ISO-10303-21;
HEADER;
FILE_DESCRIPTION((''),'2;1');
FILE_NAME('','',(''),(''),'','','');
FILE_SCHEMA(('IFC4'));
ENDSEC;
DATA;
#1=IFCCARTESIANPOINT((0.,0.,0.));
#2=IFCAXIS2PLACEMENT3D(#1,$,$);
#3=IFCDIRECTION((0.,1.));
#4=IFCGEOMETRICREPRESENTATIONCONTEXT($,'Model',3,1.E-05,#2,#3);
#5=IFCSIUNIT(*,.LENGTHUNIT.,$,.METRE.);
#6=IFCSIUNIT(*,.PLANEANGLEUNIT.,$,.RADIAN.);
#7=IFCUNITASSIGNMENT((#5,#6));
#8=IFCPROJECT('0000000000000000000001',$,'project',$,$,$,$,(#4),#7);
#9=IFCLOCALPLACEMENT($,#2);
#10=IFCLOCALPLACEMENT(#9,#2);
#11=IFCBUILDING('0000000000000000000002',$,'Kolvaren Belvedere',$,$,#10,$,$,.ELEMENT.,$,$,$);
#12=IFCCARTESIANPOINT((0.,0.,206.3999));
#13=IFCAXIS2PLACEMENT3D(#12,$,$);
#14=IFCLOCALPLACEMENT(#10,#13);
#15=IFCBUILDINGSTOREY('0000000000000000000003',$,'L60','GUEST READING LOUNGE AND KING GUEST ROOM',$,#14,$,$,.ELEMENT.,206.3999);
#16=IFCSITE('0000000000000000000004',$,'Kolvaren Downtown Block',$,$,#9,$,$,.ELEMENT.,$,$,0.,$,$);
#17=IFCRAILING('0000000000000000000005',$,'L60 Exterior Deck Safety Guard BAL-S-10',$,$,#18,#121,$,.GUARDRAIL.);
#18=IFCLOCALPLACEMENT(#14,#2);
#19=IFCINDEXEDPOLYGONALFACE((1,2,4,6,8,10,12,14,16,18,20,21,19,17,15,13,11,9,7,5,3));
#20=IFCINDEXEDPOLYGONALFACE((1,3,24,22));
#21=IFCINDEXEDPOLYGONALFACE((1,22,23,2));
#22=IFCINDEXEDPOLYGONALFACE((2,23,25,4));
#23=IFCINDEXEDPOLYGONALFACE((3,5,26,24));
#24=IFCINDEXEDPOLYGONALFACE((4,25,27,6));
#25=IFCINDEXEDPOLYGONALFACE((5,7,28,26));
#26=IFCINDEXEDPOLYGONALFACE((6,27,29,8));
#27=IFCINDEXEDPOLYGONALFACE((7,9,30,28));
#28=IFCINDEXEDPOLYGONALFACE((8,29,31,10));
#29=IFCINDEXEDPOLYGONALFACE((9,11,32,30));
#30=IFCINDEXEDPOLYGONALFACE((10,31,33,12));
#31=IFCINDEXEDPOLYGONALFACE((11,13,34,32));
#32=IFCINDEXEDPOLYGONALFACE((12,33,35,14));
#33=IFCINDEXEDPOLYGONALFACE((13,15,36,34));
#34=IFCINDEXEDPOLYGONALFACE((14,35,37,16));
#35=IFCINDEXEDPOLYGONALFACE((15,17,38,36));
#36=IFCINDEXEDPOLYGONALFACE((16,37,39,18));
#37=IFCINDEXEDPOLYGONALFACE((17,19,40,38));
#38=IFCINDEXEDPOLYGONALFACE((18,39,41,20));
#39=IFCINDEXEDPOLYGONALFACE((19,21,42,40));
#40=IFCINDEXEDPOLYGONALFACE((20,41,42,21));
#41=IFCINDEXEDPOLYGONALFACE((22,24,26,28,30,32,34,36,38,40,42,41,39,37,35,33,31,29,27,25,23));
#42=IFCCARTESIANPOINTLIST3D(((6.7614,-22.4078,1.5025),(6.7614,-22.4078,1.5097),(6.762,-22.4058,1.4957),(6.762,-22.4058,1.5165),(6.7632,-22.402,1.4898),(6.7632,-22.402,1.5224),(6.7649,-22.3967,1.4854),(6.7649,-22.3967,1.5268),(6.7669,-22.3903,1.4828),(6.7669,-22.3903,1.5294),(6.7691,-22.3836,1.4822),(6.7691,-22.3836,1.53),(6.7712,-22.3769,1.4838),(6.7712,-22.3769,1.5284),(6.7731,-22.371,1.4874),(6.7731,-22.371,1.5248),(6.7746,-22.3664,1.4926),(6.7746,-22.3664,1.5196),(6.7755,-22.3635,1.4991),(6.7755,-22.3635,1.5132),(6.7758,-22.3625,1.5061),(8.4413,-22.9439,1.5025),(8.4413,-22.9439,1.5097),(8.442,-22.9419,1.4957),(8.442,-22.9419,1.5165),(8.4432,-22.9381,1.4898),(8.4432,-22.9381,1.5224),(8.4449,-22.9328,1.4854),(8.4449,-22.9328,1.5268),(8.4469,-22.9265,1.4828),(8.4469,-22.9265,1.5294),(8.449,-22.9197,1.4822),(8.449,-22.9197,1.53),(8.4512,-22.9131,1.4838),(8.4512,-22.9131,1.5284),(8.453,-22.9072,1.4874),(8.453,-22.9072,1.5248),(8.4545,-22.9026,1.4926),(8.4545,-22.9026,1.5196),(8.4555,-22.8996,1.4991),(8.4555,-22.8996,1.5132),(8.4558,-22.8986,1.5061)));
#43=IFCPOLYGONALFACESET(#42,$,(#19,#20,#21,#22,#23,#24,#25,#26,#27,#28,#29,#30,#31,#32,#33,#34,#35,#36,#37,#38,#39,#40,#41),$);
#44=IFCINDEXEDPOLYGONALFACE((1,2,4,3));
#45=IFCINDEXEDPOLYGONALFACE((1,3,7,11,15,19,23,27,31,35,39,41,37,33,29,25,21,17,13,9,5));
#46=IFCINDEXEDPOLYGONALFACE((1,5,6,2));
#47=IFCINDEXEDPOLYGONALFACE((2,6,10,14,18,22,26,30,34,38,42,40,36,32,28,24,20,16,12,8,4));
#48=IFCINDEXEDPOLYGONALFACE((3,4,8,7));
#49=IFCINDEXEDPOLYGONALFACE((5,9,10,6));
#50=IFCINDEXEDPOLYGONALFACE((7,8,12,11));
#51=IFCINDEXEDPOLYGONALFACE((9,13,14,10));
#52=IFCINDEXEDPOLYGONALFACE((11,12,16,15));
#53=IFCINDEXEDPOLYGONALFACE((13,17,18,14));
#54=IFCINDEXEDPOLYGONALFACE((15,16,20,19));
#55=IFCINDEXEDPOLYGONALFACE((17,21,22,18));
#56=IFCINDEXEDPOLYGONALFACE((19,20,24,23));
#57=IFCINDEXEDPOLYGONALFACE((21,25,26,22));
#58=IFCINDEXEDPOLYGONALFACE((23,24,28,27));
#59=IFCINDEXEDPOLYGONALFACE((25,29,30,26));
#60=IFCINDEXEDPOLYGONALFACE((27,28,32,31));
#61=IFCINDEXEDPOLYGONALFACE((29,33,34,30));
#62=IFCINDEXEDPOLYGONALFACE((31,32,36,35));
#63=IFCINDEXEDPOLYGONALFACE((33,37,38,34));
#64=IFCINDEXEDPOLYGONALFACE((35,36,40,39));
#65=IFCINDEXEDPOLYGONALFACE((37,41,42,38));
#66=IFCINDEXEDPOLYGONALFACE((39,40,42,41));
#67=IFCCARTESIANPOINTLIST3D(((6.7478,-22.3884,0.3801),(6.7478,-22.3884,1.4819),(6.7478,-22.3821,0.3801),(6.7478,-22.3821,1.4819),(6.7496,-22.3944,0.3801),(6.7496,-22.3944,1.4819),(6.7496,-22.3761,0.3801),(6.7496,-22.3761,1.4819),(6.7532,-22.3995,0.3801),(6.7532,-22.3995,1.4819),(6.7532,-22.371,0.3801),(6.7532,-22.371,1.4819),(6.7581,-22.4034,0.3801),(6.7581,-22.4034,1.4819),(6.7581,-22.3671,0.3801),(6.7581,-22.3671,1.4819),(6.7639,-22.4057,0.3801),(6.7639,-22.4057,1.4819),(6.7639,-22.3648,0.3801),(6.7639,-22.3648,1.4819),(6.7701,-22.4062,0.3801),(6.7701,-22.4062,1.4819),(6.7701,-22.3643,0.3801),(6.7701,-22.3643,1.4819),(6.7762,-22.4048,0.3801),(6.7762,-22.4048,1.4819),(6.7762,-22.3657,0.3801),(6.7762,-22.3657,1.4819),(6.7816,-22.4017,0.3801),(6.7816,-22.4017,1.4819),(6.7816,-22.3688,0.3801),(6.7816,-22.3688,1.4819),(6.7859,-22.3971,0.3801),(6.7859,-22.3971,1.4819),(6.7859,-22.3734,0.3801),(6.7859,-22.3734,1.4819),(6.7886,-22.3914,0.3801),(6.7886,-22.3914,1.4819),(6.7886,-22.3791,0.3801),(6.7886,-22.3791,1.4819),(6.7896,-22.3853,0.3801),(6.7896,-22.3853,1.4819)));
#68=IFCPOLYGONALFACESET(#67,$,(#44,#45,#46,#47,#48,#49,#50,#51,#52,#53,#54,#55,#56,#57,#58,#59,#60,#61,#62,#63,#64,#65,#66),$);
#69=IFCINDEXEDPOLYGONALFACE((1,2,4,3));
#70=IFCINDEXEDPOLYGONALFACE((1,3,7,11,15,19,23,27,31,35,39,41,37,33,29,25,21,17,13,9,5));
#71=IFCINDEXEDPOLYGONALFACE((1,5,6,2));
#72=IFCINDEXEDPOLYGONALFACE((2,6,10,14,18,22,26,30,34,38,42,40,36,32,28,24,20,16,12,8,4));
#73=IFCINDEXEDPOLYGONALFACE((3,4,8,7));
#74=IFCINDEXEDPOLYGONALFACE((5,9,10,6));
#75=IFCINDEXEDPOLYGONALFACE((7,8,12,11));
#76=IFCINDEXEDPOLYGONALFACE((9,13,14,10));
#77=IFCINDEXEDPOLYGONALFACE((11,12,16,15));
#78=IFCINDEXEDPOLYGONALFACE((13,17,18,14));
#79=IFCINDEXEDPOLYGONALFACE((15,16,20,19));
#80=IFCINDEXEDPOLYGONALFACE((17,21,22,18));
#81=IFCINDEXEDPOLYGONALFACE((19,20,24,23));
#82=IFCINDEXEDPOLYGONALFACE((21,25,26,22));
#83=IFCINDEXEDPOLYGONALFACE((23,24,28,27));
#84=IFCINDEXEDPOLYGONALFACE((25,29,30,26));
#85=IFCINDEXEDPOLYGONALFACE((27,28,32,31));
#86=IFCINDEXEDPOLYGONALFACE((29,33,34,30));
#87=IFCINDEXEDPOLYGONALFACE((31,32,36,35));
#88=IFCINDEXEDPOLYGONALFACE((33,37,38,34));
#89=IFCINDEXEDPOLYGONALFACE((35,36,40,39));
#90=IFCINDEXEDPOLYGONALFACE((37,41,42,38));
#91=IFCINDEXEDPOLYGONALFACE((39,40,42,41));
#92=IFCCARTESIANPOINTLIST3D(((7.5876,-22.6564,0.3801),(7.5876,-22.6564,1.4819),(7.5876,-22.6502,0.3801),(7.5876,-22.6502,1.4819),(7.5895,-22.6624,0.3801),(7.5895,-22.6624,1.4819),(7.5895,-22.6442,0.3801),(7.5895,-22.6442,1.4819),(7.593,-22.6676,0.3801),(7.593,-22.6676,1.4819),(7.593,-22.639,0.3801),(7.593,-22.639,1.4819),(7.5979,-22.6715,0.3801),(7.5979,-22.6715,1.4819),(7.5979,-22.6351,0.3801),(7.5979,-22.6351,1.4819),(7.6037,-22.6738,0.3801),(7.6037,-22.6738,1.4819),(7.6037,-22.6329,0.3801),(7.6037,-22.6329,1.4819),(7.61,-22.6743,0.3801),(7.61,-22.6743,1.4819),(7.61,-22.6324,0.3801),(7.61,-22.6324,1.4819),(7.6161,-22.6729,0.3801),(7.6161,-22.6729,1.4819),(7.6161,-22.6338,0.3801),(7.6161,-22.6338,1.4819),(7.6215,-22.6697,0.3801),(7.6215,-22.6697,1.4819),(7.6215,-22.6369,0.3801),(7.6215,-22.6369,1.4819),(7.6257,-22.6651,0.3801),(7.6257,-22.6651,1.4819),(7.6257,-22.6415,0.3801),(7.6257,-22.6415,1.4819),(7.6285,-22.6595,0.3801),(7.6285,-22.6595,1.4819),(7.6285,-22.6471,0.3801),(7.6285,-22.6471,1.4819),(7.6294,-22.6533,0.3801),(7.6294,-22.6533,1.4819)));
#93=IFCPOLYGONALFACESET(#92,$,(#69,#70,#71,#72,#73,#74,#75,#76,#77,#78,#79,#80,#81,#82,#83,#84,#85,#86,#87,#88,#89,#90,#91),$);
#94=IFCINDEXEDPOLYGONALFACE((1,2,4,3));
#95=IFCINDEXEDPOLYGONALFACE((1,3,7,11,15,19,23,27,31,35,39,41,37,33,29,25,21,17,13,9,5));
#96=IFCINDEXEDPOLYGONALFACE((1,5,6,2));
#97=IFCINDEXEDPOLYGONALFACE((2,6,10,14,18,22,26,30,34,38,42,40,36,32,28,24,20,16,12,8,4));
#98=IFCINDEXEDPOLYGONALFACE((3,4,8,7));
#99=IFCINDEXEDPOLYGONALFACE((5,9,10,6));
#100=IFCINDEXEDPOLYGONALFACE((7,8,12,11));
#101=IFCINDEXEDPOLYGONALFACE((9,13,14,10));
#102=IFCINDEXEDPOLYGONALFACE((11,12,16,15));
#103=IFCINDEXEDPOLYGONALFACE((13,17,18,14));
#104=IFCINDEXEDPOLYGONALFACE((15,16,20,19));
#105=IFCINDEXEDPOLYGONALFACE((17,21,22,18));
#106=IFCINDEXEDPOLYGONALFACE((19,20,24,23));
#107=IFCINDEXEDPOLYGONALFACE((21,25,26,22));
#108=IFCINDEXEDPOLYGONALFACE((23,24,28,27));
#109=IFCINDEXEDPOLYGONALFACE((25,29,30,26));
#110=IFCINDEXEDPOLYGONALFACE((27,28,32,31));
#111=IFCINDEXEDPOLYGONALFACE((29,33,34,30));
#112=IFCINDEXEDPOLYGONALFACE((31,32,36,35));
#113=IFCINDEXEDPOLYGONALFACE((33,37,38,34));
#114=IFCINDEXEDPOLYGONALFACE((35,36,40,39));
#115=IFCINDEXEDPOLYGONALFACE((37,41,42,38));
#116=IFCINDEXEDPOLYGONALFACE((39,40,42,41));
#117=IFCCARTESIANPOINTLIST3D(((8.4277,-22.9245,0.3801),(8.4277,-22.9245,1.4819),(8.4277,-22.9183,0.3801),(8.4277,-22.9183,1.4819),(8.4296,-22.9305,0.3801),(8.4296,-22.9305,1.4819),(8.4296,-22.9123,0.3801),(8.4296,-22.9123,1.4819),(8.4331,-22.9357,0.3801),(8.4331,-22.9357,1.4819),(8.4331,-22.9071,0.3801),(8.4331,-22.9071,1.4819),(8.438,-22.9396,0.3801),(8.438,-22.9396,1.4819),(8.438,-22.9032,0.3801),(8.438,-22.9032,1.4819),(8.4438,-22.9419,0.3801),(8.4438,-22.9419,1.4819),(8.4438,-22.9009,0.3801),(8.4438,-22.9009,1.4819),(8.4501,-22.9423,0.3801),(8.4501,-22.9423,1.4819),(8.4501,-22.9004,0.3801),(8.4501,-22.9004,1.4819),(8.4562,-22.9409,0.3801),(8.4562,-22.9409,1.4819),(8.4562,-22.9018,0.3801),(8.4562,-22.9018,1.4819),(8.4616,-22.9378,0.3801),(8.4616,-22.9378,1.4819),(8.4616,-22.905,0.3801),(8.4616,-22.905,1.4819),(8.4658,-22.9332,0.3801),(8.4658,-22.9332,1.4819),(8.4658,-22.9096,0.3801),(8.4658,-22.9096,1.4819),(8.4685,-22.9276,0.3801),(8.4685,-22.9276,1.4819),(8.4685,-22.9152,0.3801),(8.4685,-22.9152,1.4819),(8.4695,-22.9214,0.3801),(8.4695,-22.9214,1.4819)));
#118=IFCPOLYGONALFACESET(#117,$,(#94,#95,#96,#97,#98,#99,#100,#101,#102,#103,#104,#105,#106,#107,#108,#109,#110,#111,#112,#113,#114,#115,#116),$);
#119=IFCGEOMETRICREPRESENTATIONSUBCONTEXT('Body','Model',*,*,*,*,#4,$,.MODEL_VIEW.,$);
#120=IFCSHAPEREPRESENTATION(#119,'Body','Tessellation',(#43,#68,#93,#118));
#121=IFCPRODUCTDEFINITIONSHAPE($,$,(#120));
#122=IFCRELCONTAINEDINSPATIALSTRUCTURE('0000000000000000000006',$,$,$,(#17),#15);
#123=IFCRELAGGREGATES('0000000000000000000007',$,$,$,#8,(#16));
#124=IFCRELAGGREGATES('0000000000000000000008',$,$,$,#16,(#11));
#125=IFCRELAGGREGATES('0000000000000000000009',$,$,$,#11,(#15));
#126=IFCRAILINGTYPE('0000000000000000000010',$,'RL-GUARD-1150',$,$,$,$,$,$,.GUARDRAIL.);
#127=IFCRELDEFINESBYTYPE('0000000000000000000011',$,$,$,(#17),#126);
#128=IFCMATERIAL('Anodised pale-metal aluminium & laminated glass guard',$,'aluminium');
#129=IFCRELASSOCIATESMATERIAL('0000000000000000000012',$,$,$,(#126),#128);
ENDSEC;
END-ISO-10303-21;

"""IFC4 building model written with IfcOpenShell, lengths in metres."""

from ifc_helpers import new_model, si_unit, direction, frame, origin, origin_2d, place, context, subcontext, project, spatial, circle, extrude, material, type_object, element, save


model = new_model("IFC4")

# Units and contexts
model_context = context("Model", 3, precision=1e-05, world=origin(), true_north=direction((0.0, 1.0)))
body_context = subcontext(model_context, "Body", "Model", "MODEL_VIEW")
ifc_project = project(units=[si_unit("LENGTHUNIT", "METRE"), si_unit("PLANEANGLEUNIT", "RADIAN")], contexts=[model_context])

# Site, building, storey
site_placement = place(None, origin())
site = spatial("IfcSite", under=ifc_project, at=site_placement, Name="Kolvaren Downtown Block", CompositionType="ELEMENT", RefElevation=0.0)
building_placement = place(site_placement, origin())
building = spatial("IfcBuilding", under=site, at=building_placement, Name="Kolvaren Belvedere", CompositionType="ELEMENT")
storey_placement = place(building_placement, frame((0.0, 0.0, 206.3999)))
storey = spatial("IfcBuildingStorey", under=building, at=storey_placement, Name="L60", Description="GUEST READING LOUNGE AND KING GUEST ROOM", CompositionType="ELEMENT", Elevation=206.3999)

# Railing
ifc_material_1 = material(Name="Anodised pale-metal aluminium & laminated glass guard", Category="aluminium")
railing_type = type_object("IfcRailingType", Name="RL-GUARD-1150", PredefinedType="GUARDRAIL", material=ifc_material_1)
railing_1_placement = place(storey_placement, frame((6.7686, -22.3853, 0.3801)))
element("IfcRailing", 1, at=railing_1_placement, inside=storey, type_object=railing_type, Name="L60 Exterior Deck Safety Guard BAL-S-10", PredefinedType="GUARDRAIL", context=body_context, shape_type="SweptSolid", body=[
    extrude(circle(Radius=0.0239, at=origin_2d()), frame((0.0, 0.0, 1.126), z_axis=(0.952662, -0.304032, 0.0), x_axis=(0.304032, 0.952662, 0.0)), (0.0, 0.0, 1.0), 1.7634),
    extrude(circle(Radius=0.021, at=origin_2d()), origin(), (0.0, 0.0, 1.0), 1.1018),
    extrude(circle(Radius=0.021, at=origin_2d()), frame((0.8398, -0.2681, 0.0)), (0.0, 0.0, 1.0), 1.1018),
    extrude(circle(Radius=0.021, at=origin_2d()), frame((1.6799, -0.5361, 0.0)), (0.0, 0.0, 1.0), 1.1018),
])

save(model, "model.ifc")
